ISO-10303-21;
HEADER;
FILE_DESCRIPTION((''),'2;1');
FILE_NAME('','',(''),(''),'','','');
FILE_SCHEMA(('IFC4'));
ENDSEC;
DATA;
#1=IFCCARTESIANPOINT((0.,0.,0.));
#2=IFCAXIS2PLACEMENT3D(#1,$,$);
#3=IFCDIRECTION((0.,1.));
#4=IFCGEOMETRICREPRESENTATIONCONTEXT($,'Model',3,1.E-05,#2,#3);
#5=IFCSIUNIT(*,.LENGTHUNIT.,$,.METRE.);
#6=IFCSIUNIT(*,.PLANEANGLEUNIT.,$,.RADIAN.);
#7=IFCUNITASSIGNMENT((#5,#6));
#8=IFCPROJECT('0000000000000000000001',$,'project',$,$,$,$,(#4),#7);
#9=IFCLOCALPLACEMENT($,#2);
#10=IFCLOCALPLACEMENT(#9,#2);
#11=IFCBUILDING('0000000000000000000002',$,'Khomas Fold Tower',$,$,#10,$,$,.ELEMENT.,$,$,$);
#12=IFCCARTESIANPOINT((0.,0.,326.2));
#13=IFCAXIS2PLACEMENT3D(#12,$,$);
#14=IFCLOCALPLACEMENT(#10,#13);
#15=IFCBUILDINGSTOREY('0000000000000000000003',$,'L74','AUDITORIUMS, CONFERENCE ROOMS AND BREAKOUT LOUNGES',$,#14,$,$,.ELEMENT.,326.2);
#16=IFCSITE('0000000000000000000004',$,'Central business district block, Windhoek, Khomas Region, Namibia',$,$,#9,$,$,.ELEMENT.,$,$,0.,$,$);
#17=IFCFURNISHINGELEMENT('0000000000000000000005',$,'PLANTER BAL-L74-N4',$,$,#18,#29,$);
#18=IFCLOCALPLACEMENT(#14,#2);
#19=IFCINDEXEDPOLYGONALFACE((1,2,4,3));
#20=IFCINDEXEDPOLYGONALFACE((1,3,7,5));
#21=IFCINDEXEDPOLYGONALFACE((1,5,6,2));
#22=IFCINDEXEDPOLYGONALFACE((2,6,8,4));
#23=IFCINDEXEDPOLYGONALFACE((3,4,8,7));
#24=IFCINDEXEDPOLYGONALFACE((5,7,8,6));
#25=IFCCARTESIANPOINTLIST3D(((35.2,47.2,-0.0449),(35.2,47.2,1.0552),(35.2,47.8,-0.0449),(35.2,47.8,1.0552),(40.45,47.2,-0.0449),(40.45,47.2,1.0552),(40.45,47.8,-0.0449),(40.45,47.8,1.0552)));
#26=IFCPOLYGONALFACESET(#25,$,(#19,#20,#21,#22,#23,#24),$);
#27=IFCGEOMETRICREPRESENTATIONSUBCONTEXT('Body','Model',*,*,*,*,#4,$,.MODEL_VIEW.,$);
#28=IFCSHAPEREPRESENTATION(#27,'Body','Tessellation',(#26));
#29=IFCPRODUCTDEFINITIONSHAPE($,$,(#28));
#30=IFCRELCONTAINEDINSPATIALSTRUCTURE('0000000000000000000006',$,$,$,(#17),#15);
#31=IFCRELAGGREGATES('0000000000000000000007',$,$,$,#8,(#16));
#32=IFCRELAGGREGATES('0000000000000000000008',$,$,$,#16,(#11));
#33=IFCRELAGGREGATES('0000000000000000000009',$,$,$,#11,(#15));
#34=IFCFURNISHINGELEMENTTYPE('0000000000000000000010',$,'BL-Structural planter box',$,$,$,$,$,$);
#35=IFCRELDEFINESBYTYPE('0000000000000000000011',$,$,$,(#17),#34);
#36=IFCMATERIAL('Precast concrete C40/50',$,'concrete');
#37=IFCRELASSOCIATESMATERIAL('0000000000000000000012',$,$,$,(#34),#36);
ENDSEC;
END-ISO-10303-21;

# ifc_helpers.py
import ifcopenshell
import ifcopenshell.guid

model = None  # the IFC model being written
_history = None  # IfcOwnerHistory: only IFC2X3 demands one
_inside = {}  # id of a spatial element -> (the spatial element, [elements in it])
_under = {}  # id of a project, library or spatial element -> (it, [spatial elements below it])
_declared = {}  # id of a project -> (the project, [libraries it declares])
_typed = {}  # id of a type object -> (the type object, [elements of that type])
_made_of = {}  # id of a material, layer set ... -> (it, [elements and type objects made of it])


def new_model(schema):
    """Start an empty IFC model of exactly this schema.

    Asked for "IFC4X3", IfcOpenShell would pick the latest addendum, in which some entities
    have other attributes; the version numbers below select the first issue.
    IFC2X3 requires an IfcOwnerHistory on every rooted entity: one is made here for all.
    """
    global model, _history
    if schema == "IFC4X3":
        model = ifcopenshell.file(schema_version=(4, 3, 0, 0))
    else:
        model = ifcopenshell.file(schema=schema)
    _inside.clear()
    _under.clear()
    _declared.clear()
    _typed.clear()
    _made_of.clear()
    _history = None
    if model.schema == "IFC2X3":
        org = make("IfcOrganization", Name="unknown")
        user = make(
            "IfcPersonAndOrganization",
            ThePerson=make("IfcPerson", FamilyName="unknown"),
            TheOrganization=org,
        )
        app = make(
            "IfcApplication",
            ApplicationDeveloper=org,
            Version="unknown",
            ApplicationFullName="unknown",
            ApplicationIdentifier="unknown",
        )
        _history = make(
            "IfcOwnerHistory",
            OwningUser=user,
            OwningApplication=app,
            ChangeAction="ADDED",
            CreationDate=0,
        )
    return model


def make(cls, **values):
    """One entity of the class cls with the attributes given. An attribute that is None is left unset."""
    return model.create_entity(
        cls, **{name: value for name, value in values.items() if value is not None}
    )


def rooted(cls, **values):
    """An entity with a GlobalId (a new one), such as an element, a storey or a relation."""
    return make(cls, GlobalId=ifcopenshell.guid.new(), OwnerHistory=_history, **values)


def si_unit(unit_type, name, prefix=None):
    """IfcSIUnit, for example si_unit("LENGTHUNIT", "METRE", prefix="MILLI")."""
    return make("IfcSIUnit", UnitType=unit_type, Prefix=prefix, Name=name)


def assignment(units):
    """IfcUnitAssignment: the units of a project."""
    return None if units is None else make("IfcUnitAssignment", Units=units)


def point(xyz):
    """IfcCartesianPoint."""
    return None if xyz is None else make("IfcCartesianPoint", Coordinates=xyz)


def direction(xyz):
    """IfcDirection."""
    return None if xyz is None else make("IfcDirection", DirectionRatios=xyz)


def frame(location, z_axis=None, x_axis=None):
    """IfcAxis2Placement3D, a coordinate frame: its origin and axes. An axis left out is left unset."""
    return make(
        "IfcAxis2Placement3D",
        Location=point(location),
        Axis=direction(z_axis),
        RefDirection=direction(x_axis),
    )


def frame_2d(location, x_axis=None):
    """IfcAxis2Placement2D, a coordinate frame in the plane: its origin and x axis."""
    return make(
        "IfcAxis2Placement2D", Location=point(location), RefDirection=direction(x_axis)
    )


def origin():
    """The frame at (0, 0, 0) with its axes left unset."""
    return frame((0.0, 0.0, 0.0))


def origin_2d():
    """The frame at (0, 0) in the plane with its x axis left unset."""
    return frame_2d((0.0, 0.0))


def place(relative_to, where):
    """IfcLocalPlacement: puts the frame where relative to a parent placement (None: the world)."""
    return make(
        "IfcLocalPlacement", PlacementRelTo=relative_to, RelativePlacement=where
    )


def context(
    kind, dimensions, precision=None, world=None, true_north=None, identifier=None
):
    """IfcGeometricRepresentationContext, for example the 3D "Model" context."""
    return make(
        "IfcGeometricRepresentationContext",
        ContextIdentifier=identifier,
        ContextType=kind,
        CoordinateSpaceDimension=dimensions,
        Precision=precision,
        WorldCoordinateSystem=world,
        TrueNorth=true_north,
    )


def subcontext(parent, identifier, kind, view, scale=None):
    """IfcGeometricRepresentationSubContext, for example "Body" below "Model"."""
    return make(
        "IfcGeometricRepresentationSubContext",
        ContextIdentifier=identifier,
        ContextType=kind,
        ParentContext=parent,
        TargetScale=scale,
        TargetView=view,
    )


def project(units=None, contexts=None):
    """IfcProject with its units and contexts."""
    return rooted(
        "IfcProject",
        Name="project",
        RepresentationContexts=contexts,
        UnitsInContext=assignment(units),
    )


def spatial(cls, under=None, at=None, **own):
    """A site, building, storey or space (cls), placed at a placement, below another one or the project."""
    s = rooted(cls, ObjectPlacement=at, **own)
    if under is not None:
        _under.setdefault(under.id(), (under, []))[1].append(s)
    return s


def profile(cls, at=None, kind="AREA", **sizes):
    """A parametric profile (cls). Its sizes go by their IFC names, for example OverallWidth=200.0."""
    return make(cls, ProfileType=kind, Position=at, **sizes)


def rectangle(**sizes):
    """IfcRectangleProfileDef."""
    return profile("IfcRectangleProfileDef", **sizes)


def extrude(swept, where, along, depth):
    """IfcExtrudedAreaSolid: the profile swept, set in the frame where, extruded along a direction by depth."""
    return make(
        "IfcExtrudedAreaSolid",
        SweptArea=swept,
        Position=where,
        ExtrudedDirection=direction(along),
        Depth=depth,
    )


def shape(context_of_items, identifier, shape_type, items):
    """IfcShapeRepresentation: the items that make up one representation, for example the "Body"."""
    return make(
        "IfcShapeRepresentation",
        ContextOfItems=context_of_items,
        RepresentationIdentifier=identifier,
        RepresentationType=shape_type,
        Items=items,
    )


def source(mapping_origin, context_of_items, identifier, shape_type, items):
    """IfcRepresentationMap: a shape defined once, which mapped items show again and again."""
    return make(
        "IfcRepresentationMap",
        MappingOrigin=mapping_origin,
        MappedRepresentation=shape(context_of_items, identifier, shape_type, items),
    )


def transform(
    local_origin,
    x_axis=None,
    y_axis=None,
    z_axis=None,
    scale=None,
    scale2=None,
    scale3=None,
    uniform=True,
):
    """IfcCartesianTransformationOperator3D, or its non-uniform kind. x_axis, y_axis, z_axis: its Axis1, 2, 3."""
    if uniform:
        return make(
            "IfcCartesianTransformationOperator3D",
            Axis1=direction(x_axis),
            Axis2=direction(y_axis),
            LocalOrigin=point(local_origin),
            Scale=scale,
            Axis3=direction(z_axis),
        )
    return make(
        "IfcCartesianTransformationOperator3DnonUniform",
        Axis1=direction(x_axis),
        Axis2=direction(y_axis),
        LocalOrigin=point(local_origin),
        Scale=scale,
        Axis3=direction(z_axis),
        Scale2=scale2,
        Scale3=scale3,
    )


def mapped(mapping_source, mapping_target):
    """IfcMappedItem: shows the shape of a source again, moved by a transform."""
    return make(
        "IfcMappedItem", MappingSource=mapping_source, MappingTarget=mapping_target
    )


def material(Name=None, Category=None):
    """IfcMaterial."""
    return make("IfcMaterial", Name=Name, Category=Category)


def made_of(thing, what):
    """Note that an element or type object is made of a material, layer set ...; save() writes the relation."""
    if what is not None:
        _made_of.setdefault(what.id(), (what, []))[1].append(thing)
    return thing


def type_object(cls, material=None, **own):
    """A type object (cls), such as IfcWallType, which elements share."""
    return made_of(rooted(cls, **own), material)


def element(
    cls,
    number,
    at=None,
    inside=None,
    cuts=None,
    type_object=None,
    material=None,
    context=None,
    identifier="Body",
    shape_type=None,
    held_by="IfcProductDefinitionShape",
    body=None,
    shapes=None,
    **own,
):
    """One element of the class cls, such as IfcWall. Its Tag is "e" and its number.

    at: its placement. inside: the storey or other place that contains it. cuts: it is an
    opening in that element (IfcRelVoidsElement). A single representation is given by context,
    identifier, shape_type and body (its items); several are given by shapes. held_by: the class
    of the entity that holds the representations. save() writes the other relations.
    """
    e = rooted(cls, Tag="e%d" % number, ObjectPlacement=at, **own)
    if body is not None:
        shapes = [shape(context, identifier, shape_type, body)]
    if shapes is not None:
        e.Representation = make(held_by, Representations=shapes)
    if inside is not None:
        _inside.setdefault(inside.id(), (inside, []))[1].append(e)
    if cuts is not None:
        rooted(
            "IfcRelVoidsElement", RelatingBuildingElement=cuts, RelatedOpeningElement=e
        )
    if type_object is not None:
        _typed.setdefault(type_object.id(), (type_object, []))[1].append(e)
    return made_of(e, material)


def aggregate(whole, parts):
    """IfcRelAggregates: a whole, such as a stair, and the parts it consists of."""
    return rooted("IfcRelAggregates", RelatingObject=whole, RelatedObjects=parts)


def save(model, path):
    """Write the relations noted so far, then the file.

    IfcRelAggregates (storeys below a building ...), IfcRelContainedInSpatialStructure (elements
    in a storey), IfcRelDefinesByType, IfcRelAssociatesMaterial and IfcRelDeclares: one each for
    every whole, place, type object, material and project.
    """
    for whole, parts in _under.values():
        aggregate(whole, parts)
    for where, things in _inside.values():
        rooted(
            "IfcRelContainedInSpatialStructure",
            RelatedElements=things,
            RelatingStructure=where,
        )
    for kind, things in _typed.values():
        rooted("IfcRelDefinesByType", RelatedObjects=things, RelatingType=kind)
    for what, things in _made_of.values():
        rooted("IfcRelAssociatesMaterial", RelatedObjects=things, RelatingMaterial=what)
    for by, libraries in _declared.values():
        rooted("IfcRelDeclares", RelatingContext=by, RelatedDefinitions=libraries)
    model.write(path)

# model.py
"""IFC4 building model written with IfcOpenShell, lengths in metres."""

from ifc_helpers import new_model, si_unit, direction, frame, origin, origin_2d, place, context, subcontext, project, spatial, rectangle, extrude, source, transform, mapped, material, type_object, element, save


model = new_model("IFC4")

# Units and contexts
model_context = context("Model", 3, precision=1e-05, world=origin(), true_north=direction((0.0, 1.0)))
body_context = subcontext(model_context, "Body", "Model", "MODEL_VIEW")
ifc_project = project(units=[si_unit("LENGTHUNIT", "METRE"), si_unit("PLANEANGLEUNIT", "RADIAN")], contexts=[model_context])

# Site, building, storey
site_placement = place(None, origin())
site = spatial("IfcSite", under=ifc_project, at=site_placement, Name="Central business district block, Windhoek, Khomas Region, Namibia", CompositionType="ELEMENT", RefElevation=0.0)
building_placement = place(site_placement, origin())
building = spatial("IfcBuilding", under=site, at=building_placement, Name="Khomas Fold Tower", CompositionType="ELEMENT")
storey_placement = place(building_placement, frame((0.0, 0.0, 326.2)))
storey = spatial("IfcBuildingStorey", under=building, at=storey_placement, Name="L74", Description="AUDITORIUMS, CONFERENCE ROOMS AND BREAKOUT LOUNGES", CompositionType="ELEMENT", Elevation=326.2)

# Furnishing element
ifc_material_1 = material(Name="Precast concrete C40/50", Category="concrete")
furnishing_element_type_1 = type_object("IfcFurnishingElementType", Name="BL-Structural planter box", material=ifc_material_1)
shared_shape_1 = source(origin(), body_context, "Body", "SweptSolid", [
    extrude(rectangle(XDim=5.25, YDim=0.6001, at=origin_2d()), origin(), (0.0, 0.0, 1.0), 1.1001),
])
furnishing_1_placement = place(storey_placement, frame((37.825, 47.5, -0.0449), z_axis=(0.0, 0.0, 1.0), x_axis=(1.0, 0.0, 0.0)))
element("IfcFurnishingElement", 1, at=furnishing_1_placement, inside=storey, type_object=furnishing_element_type_1, Name="PLANTER BAL-L74-N4", context=body_context, shape_type="MappedRepresentation", body=[
    mapped(shared_shape_1, transform((0.0, 0.0, 0.0))),
])

save(model, "model.ifc")
